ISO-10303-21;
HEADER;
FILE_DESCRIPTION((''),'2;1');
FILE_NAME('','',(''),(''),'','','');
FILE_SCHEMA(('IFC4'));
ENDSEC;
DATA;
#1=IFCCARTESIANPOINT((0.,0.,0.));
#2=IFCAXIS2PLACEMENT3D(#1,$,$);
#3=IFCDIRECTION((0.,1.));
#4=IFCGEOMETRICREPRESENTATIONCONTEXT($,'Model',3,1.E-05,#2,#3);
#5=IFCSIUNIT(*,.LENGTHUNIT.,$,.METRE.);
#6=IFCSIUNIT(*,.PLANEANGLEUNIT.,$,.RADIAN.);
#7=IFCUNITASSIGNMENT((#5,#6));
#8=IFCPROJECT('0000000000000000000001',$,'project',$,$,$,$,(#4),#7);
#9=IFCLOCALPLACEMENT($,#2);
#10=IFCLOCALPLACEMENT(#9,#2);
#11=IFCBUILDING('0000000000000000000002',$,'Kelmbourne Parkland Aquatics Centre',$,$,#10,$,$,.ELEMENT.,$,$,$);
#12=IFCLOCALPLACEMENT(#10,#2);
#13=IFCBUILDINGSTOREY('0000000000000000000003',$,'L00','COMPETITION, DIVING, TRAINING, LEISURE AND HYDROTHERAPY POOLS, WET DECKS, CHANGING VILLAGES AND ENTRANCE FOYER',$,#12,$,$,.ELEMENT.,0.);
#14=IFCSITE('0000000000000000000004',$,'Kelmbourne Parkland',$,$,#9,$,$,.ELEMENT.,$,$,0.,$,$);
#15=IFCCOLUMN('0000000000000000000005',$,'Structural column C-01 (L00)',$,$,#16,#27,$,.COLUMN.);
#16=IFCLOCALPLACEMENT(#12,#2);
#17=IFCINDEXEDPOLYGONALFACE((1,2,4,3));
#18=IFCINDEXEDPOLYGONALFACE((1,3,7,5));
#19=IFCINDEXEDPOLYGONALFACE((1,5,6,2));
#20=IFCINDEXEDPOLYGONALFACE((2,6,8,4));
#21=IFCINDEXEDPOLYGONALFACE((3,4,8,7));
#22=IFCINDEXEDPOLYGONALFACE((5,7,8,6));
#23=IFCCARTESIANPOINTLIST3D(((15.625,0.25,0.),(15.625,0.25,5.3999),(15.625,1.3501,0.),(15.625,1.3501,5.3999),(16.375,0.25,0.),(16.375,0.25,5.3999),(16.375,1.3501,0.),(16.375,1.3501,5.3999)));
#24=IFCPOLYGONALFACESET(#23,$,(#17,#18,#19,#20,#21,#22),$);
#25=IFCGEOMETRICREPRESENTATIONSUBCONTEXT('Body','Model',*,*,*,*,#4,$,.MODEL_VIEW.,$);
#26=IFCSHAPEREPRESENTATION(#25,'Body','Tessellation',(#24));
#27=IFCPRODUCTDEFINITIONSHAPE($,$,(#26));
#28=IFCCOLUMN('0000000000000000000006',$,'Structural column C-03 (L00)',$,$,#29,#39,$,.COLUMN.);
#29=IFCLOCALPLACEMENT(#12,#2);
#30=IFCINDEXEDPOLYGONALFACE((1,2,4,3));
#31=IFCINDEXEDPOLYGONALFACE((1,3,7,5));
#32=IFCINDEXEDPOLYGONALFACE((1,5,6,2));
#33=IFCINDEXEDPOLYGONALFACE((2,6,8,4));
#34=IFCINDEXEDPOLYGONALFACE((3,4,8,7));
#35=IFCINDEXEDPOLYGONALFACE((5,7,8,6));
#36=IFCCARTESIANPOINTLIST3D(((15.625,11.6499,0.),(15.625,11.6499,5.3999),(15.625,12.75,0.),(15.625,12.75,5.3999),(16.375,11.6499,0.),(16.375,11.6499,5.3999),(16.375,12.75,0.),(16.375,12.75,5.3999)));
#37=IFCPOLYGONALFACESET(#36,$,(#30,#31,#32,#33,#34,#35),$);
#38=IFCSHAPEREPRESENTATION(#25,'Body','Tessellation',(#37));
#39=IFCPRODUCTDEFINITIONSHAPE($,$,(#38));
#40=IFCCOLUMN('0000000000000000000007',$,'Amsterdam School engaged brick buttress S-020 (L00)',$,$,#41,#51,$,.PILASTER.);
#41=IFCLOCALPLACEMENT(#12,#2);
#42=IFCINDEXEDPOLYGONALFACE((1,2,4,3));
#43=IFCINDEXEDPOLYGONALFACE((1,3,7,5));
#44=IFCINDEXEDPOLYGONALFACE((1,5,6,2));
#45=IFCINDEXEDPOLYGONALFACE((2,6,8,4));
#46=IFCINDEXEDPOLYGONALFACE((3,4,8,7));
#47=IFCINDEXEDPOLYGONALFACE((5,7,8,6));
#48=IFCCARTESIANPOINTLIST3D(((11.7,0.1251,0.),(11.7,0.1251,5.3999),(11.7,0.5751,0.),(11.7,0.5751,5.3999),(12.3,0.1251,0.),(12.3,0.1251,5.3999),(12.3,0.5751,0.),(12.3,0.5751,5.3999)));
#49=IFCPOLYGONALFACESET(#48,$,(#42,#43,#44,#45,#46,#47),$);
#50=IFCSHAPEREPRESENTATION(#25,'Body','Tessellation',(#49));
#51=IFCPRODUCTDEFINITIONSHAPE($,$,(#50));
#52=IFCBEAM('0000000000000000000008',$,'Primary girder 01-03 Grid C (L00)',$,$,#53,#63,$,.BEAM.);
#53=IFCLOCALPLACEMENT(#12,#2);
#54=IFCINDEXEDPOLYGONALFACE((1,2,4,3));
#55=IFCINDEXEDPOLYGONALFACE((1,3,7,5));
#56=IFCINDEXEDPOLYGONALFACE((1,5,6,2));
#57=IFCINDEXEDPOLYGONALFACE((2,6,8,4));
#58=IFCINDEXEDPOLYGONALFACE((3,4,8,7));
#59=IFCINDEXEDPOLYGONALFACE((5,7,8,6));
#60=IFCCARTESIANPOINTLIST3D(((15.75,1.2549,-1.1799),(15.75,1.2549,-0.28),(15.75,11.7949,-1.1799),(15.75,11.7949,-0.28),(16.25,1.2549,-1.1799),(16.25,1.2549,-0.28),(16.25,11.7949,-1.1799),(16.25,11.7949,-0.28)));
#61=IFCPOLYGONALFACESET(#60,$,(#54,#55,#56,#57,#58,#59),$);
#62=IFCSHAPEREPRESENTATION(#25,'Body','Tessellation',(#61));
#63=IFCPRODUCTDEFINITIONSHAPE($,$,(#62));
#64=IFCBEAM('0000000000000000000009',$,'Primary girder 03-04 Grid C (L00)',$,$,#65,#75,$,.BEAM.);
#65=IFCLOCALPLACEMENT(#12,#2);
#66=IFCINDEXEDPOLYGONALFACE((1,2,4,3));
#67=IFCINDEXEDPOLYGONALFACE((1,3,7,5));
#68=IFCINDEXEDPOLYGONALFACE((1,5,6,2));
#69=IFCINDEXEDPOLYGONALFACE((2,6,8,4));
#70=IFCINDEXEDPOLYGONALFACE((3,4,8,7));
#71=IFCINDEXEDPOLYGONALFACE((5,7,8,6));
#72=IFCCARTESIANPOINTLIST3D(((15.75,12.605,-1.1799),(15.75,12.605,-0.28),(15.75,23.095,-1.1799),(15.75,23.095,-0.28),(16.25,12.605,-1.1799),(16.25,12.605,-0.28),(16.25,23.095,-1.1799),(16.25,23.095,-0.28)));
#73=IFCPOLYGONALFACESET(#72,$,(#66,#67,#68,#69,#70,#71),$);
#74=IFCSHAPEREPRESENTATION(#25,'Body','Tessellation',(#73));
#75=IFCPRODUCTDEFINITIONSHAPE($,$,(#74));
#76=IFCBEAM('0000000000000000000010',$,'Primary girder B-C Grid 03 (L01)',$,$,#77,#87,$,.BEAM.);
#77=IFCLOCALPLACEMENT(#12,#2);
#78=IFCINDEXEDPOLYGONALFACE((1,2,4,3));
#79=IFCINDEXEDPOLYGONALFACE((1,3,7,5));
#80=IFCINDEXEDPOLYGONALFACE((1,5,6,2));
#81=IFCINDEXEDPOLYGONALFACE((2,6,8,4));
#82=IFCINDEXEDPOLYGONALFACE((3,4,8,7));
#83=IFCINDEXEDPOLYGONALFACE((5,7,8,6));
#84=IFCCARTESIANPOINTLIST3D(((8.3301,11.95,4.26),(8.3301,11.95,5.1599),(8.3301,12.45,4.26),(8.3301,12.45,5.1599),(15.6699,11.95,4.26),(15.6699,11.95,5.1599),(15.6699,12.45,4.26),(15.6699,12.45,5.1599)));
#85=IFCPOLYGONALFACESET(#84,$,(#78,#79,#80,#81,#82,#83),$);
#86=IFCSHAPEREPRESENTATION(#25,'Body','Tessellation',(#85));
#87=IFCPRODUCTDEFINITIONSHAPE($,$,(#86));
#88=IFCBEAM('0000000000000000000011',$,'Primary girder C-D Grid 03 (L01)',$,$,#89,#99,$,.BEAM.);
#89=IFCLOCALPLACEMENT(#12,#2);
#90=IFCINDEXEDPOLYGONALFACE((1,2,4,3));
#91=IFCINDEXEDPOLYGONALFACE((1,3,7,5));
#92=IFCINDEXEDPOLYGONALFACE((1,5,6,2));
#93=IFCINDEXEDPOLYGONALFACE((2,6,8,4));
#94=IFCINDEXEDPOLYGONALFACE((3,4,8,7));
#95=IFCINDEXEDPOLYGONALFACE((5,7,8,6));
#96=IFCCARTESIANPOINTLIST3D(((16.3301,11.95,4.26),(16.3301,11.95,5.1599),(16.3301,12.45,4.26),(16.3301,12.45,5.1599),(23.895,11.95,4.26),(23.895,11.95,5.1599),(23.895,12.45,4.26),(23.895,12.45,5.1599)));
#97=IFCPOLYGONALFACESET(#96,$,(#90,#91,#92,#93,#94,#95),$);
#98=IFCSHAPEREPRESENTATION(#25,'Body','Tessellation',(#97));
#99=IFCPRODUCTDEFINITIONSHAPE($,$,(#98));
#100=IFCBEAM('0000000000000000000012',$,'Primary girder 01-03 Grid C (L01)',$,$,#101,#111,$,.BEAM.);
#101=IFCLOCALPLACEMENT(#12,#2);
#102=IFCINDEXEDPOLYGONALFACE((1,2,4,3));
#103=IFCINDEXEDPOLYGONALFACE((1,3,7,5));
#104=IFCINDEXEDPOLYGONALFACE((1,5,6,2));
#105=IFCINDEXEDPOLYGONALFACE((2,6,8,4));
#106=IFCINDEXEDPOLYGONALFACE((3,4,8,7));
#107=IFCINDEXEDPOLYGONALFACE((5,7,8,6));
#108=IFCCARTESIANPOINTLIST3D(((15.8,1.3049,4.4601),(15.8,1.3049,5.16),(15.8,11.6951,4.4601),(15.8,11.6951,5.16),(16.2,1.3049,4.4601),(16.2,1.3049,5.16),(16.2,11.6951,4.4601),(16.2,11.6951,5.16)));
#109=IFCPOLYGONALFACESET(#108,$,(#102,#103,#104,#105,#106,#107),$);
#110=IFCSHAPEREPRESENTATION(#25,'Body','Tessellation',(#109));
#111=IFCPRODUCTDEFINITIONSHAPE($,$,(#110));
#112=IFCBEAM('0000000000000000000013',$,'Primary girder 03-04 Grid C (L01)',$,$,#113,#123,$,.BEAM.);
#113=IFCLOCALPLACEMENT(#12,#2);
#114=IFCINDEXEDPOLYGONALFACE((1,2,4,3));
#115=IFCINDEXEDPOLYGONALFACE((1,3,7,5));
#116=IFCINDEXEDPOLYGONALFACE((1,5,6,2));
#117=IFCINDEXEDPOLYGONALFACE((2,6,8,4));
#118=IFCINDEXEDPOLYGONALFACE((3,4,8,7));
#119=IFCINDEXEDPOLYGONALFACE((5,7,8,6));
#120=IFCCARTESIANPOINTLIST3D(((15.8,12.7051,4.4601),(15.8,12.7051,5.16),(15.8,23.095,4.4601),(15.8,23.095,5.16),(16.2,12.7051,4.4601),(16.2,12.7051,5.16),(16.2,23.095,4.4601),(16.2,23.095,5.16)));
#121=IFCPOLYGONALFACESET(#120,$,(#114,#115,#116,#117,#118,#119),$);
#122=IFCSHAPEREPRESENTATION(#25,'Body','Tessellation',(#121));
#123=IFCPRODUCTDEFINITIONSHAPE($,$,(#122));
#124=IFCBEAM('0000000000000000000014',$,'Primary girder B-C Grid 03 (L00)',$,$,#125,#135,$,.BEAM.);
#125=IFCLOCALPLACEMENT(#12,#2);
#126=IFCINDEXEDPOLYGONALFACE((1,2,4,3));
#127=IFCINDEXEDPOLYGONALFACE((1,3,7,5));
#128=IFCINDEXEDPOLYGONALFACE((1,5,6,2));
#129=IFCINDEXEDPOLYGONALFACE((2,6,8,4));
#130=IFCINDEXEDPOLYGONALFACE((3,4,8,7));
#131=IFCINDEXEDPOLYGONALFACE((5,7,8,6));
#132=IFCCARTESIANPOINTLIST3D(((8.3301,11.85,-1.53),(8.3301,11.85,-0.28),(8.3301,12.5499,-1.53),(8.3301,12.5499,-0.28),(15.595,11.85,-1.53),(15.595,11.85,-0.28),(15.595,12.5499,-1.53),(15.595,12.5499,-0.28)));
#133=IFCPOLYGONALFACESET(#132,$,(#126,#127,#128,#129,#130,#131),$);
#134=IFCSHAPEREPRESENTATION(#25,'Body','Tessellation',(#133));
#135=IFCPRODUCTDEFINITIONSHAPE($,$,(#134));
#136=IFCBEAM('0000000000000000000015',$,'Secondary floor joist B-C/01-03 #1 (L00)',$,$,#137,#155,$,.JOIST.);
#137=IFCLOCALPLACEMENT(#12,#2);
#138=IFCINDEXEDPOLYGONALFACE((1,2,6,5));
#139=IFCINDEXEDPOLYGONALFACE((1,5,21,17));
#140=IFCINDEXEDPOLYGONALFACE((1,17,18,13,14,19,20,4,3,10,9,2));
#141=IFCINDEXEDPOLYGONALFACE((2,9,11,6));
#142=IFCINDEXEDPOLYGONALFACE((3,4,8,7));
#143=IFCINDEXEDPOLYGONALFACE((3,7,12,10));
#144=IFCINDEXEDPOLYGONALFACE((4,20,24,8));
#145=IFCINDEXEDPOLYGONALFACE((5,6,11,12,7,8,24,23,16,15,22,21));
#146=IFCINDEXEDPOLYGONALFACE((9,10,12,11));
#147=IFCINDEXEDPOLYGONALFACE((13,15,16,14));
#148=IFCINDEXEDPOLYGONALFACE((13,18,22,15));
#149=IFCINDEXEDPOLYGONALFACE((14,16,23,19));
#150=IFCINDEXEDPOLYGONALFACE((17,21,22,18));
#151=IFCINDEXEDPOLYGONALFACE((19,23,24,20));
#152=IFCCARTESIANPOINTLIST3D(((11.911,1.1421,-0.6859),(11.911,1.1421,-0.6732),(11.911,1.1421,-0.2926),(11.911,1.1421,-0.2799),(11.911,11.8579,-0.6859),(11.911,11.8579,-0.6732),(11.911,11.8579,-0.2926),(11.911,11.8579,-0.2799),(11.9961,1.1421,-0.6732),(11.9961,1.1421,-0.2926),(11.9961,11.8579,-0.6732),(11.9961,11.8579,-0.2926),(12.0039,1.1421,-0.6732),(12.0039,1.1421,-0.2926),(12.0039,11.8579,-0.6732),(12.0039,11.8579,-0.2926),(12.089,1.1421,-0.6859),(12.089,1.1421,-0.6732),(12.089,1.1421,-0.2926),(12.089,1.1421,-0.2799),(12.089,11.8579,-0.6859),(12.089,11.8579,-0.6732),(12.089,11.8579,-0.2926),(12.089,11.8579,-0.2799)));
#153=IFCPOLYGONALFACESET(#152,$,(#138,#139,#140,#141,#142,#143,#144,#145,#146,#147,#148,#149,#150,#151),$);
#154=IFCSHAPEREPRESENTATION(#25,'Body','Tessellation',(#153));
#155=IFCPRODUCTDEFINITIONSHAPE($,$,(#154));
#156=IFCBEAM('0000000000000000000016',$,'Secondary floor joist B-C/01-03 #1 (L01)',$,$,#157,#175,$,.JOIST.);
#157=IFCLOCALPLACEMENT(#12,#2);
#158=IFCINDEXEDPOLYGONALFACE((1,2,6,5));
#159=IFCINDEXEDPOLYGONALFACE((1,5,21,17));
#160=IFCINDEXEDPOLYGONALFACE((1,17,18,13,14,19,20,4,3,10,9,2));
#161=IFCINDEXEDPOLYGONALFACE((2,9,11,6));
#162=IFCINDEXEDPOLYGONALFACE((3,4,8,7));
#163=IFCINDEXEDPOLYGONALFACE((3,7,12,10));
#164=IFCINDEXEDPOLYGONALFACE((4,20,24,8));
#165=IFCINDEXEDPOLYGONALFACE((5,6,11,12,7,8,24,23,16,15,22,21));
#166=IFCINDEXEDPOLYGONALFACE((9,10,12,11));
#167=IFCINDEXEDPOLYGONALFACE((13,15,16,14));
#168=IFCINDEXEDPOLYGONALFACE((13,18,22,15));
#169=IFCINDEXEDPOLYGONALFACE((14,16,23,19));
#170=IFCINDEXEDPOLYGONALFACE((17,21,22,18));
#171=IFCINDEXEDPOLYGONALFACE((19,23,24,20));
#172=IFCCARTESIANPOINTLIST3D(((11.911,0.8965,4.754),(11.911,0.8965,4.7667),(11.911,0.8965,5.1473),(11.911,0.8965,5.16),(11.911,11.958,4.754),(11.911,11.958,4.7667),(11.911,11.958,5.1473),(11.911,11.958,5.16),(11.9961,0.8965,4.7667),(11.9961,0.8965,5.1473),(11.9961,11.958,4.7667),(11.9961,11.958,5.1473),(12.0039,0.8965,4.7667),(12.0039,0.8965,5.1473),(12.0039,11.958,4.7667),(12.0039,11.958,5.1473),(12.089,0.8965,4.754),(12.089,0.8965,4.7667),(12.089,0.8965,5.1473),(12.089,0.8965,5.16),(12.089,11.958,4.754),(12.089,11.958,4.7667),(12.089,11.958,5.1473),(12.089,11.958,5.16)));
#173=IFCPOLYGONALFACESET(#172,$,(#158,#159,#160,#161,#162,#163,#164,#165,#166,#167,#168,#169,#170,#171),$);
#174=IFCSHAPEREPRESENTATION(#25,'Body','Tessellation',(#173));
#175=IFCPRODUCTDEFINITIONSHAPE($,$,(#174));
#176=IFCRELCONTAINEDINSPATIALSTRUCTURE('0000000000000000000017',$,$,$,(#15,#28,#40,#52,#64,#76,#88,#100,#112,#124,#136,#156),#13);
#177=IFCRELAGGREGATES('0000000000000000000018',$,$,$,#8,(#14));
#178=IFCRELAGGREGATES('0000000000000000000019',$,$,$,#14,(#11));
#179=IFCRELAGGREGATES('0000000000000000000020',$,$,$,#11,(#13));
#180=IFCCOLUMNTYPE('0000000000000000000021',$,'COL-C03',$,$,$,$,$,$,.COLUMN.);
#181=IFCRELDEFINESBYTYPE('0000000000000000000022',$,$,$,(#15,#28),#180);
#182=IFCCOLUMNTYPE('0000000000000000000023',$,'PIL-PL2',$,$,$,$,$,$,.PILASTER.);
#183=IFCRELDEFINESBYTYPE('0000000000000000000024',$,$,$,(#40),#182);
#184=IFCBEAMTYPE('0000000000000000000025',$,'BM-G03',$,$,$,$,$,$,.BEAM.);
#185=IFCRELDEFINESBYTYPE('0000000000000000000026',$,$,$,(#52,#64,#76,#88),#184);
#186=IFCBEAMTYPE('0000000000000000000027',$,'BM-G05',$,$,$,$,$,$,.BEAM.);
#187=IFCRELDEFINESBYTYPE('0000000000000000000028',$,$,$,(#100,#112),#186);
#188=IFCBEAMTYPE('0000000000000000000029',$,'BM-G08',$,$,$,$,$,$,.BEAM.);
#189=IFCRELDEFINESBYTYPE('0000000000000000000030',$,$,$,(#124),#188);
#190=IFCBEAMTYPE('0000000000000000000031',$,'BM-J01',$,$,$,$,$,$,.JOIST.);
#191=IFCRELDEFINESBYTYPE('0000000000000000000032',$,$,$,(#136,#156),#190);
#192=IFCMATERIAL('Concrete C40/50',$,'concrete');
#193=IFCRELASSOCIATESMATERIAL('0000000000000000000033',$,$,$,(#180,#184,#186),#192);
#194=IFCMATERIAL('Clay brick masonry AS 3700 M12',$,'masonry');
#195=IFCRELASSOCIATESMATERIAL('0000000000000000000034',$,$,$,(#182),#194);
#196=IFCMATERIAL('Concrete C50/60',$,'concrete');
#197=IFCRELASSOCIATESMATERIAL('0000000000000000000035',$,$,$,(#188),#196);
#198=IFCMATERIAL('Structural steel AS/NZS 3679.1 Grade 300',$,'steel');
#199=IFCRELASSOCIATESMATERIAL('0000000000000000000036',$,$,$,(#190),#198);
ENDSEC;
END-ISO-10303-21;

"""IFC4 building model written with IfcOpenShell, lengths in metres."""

from ifc_helpers import new_model, si_unit, direction, frame, origin, origin_2d, place, context, subcontext, project, spatial, rectangle, i_section, extrude, material, material_profile, profile_set, type_object, element, save


model = new_model("IFC4")

# Units and contexts
model_context = context("Model", 3, precision=1e-05, world=origin(), true_north=direction((0.0, 1.0)))
body_context = subcontext(model_context, "Body", "Model", "MODEL_VIEW")
ifc_project = project(units=[si_unit("LENGTHUNIT", "METRE"), si_unit("PLANEANGLEUNIT", "RADIAN")], contexts=[model_context])

# Site, building, storey
site_placement = place(None, origin())
site = spatial("IfcSite", under=ifc_project, at=site_placement, Name="Kelmbourne Parkland", CompositionType="ELEMENT", RefElevation=0.0)
building_placement = place(site_placement, origin())
building = spatial("IfcBuilding", under=site, at=building_placement, Name="Kelmbourne Parkland Aquatics Centre", CompositionType="ELEMENT")
storey_placement = place(building_placement, origin())
storey = spatial("IfcBuildingStorey", under=building, at=storey_placement, Name="L00", Description="COMPETITION, DIVING, TRAINING, LEISURE AND HYDROTHERAPY POOLS, WET DECKS, CHANGING VILLAGES AND ENTRANCE FOYER", CompositionType="ELEMENT", Elevation=0.0)

# Columns
ifc_material_1 = material(Name="Concrete C40/50", Category="concrete")
ifc_material_profile_1 = material_profile(ifc_material_1, rectangle(XDim=0.75, YDim=1.1001, at=origin_2d()), Name="RC 750x1100")
ifc_profile_set_1 = profile_set([ifc_material_profile_1], Name="Concrete C40/50")
column_type_1 = type_object("IfcColumnType", Name="COL-C03", PredefinedType="COLUMN", material=ifc_profile_set_1)
for number, where, z_axis, x_axis, name in (
    (1, (16.0, 0.8, 0.0), (0.0, 0.0, 1.0), (1.0, 0.0, 0.0), "Structural column C-01 (L00)"),
    (2, (16.0, 12.2, 0.0), (0.0, 0.0, 1.0), (1.0, 0.0, 0.0), "Structural column C-03 (L00)"),
):
    element("IfcColumn", number, at=place(storey_placement, frame(where, z_axis=z_axis, x_axis=x_axis)), inside=storey, type_object=column_type_1, Name=name, PredefinedType="COLUMN", context=body_context, shape_type="SweptSolid", body=[
        extrude(rectangle(XDim=0.75, YDim=1.1001, at=origin_2d()), origin(), (0.0, 0.0, 1.0), 5.3999),
    ])
ifc_material_2 = material(Name="Clay brick masonry AS 3700 M12", Category="masonry")
ifc_material_profile_2 = material_profile(ifc_material_2, rectangle(XDim=0.45, YDim=0.6001, at=origin_2d()), Name="PIL 450x600")
ifc_profile_set_2 = profile_set([ifc_material_profile_2], Name="Clay brick masonry AS 3700 M12")
column_type_2 = type_object("IfcColumnType", Name="PIL-PL2", PredefinedType="PILASTER", material=ifc_profile_set_2)
column_placement = place(storey_placement, frame((12.0, 0.3501, 0.0), z_axis=(0.0, 0.0, 1.0), x_axis=(0.0, 1.0, 0.0)))
element("IfcColumn", 3, at=column_placement, inside=storey, type_object=column_type_2, Name="Amsterdam School engaged brick buttress S-020 (L00)", PredefinedType="PILASTER", context=body_context, shape_type="SweptSolid", body=[
    extrude(rectangle(XDim=0.45, YDim=0.6001, at=origin_2d()), origin(), (0.0, 0.0, 1.0), 5.3999),
])

# Beams
ifc_material_profile_3 = material_profile(ifc_material_1, rectangle(XDim=0.5, YDim=0.8999, at=origin_2d()), Name="RC 500x900")
ifc_profile_set_3 = profile_set([ifc_material_profile_3], Name="Concrete C40/50")
beam_type_1 = type_object("IfcBeamType", Name="BM-G03", PredefinedType="BEAM", material=ifc_profile_set_3)
beam_1_placement = place(storey_placement, frame((16.0, 1.2549, -0.73), z_axis=(0.0, 1.0, 0.0), x_axis=(-1.0, 0.0, 0.0)))
element("IfcBeam", 4, at=beam_1_placement, inside=storey, type_object=beam_type_1, Name="Primary girder 01-03 Grid C (L00)", PredefinedType="BEAM", context=body_context, shape_type="SweptSolid", body=[
    extrude(rectangle(XDim=0.5, YDim=0.8999, at=origin_2d()), origin(), (0.0, 0.0, 1.0), 10.54),
])
beam_2_placement = place(storey_placement, frame((16.0, 12.605, -0.73), z_axis=(0.0, 1.0, 0.0), x_axis=(-1.0, 0.0, 0.0)))
element("IfcBeam", 5, at=beam_2_placement, inside=storey, type_object=beam_type_1, Name="Primary girder 03-04 Grid C (L00)", PredefinedType="BEAM", context=body_context, shape_type="SweptSolid", body=[
    extrude(rectangle(XDim=0.5, YDim=0.8999, at=origin_2d()), origin(), (0.0, 0.0, 1.0), 10.49),
])
beam_3_placement = place(storey_placement, frame((8.3301, 12.2, 4.71), z_axis=(1.0, 0.0, 0.0), x_axis=(0.0, 1.0, 0.0)))
element("IfcBeam", 6, at=beam_3_placement, inside=storey, type_object=beam_type_1, Name="Primary girder B-C Grid 03 (L01)", PredefinedType="BEAM", context=body_context, shape_type="SweptSolid", body=[
    extrude(rectangle(XDim=0.5, YDim=0.8999, at=origin_2d()), origin(), (0.0, 0.0, 1.0), 7.3398),
])
beam_4_placement = place(storey_placement, frame((16.3301, 12.2, 4.71), z_axis=(1.0, 0.0, 0.0), x_axis=(0.0, 1.0, 0.0)))
element("IfcBeam", 7, at=beam_4_placement, inside=storey, type_object=beam_type_1, Name="Primary girder C-D Grid 03 (L01)", PredefinedType="BEAM", context=body_context, shape_type="SweptSolid", body=[
    extrude(rectangle(XDim=0.5, YDim=0.8999, at=origin_2d()), origin(), (0.0, 0.0, 1.0), 7.5649),
])
ifc_material_profile_4 = material_profile(ifc_material_1, rectangle(XDim=0.3999, YDim=0.7, at=origin_2d()), Name="RC 400x700")
ifc_profile_set_4 = profile_set([ifc_material_profile_4], Name="Concrete C40/50")
beam_type_2 = type_object("IfcBeamType", Name="BM-G05", PredefinedType="BEAM", material=ifc_profile_set_4)
beam_5_placement = place(storey_placement, frame((16.0, 1.3049, 4.8101), z_axis=(0.0, 1.0, 0.0), x_axis=(-1.0, 0.0, 0.0)))
element("IfcBeam", 8, at=beam_5_placement, inside=storey, type_object=beam_type_2, Name="Primary girder 01-03 Grid C (L01)", PredefinedType="BEAM", context=body_context, shape_type="SweptSolid", body=[
    extrude(rectangle(XDim=0.3999, YDim=0.7, at=origin_2d()), origin(), (0.0, 0.0, 1.0), 10.3901),
])
beam_6_placement = place(storey_placement, frame((16.0, 12.7051, 4.8101), z_axis=(0.0, 1.0, 0.0), x_axis=(-1.0, 0.0, 0.0)))
element("IfcBeam", 9, at=beam_6_placement, inside=storey, type_object=beam_type_2, Name="Primary girder 03-04 Grid C (L01)", PredefinedType="BEAM", context=body_context, shape_type="SweptSolid", body=[
    extrude(rectangle(XDim=0.3999, YDim=0.7, at=origin_2d()), origin(), (0.0, 0.0, 1.0), 10.3899),
])
ifc_material_3 = material(Name="Concrete C50/60", Category="concrete")
ifc_material_profile_5 = material_profile(ifc_material_3, rectangle(XDim=0.7, YDim=1.25, at=origin_2d()), Name="RC 700x1250")
ifc_profile_set_5 = profile_set([ifc_material_profile_5], Name="Concrete C50/60")
beam_type_3 = type_object("IfcBeamType", Name="BM-G08", PredefinedType="BEAM", material=ifc_profile_set_5)
beam_7_placement = place(storey_placement, frame((8.3301, 12.2, -0.905), z_axis=(1.0, 0.0, 0.0), x_axis=(0.0, 1.0, 0.0)))
element("IfcBeam", 10, at=beam_7_placement, inside=storey, type_object=beam_type_3, Name="Primary girder B-C Grid 03 (L00)", PredefinedType="BEAM", context=body_context, shape_type="SweptSolid", body=[
    extrude(rectangle(XDim=0.7, YDim=1.25, at=origin_2d()), origin(), (0.0, 0.0, 1.0), 7.2649),
])
ifc_material_4 = material(Name="Structural steel AS/NZS 3679.1 Grade 300", Category="steel")
ifc_material_profile_6 = material_profile(ifc_material_4, i_section(OverallWidth=0.178, OverallDepth=0.406, WebThickness=0.0078, FlangeThickness=0.0127, at=origin_2d()), Name="410UB59.7")
ifc_profile_set_6 = profile_set([ifc_material_profile_6], Name="Structural steel AS/NZS 3679.1 Grade 300")
beam_type_4 = type_object("IfcBeamType", Name="BM-J01", PredefinedType="JOIST", material=ifc_profile_set_6)
beam_8_placement = place(storey_placement, frame((12.0, 1.1421, -0.4829), z_axis=(0.0, 1.0, 0.0), x_axis=(-1.0, 0.0, 0.0)))
element("IfcBeam", 11, at=beam_8_placement, inside=storey, type_object=beam_type_4, Name="Secondary floor joist B-C/01-03 #1 (L00)", PredefinedType="JOIST", context=body_context, shape_type="SweptSolid", body=[
    extrude(i_section(OverallWidth=0.178, OverallDepth=0.406, WebThickness=0.0078, FlangeThickness=0.0127, at=origin_2d()), origin(), (0.0, 0.0, 1.0), 10.7158),
])
beam_9_placement = place(storey_placement, frame((12.0, 0.8965, 4.957), z_axis=(0.0, 1.0, 0.0), x_axis=(-1.0, 0.0, 0.0)))
element("IfcBeam", 12, at=beam_9_placement, inside=storey, type_object=beam_type_4, Name="Secondary floor joist B-C/01-03 #1 (L01)", PredefinedType="JOIST", context=body_context, shape_type="SweptSolid", body=[
    extrude(i_section(OverallWidth=0.178, OverallDepth=0.406, WebThickness=0.0078, FlangeThickness=0.0127, at=origin_2d()), origin(), (0.0, 0.0, 1.0), 11.0615),
])

save(model, "model.ifc")
